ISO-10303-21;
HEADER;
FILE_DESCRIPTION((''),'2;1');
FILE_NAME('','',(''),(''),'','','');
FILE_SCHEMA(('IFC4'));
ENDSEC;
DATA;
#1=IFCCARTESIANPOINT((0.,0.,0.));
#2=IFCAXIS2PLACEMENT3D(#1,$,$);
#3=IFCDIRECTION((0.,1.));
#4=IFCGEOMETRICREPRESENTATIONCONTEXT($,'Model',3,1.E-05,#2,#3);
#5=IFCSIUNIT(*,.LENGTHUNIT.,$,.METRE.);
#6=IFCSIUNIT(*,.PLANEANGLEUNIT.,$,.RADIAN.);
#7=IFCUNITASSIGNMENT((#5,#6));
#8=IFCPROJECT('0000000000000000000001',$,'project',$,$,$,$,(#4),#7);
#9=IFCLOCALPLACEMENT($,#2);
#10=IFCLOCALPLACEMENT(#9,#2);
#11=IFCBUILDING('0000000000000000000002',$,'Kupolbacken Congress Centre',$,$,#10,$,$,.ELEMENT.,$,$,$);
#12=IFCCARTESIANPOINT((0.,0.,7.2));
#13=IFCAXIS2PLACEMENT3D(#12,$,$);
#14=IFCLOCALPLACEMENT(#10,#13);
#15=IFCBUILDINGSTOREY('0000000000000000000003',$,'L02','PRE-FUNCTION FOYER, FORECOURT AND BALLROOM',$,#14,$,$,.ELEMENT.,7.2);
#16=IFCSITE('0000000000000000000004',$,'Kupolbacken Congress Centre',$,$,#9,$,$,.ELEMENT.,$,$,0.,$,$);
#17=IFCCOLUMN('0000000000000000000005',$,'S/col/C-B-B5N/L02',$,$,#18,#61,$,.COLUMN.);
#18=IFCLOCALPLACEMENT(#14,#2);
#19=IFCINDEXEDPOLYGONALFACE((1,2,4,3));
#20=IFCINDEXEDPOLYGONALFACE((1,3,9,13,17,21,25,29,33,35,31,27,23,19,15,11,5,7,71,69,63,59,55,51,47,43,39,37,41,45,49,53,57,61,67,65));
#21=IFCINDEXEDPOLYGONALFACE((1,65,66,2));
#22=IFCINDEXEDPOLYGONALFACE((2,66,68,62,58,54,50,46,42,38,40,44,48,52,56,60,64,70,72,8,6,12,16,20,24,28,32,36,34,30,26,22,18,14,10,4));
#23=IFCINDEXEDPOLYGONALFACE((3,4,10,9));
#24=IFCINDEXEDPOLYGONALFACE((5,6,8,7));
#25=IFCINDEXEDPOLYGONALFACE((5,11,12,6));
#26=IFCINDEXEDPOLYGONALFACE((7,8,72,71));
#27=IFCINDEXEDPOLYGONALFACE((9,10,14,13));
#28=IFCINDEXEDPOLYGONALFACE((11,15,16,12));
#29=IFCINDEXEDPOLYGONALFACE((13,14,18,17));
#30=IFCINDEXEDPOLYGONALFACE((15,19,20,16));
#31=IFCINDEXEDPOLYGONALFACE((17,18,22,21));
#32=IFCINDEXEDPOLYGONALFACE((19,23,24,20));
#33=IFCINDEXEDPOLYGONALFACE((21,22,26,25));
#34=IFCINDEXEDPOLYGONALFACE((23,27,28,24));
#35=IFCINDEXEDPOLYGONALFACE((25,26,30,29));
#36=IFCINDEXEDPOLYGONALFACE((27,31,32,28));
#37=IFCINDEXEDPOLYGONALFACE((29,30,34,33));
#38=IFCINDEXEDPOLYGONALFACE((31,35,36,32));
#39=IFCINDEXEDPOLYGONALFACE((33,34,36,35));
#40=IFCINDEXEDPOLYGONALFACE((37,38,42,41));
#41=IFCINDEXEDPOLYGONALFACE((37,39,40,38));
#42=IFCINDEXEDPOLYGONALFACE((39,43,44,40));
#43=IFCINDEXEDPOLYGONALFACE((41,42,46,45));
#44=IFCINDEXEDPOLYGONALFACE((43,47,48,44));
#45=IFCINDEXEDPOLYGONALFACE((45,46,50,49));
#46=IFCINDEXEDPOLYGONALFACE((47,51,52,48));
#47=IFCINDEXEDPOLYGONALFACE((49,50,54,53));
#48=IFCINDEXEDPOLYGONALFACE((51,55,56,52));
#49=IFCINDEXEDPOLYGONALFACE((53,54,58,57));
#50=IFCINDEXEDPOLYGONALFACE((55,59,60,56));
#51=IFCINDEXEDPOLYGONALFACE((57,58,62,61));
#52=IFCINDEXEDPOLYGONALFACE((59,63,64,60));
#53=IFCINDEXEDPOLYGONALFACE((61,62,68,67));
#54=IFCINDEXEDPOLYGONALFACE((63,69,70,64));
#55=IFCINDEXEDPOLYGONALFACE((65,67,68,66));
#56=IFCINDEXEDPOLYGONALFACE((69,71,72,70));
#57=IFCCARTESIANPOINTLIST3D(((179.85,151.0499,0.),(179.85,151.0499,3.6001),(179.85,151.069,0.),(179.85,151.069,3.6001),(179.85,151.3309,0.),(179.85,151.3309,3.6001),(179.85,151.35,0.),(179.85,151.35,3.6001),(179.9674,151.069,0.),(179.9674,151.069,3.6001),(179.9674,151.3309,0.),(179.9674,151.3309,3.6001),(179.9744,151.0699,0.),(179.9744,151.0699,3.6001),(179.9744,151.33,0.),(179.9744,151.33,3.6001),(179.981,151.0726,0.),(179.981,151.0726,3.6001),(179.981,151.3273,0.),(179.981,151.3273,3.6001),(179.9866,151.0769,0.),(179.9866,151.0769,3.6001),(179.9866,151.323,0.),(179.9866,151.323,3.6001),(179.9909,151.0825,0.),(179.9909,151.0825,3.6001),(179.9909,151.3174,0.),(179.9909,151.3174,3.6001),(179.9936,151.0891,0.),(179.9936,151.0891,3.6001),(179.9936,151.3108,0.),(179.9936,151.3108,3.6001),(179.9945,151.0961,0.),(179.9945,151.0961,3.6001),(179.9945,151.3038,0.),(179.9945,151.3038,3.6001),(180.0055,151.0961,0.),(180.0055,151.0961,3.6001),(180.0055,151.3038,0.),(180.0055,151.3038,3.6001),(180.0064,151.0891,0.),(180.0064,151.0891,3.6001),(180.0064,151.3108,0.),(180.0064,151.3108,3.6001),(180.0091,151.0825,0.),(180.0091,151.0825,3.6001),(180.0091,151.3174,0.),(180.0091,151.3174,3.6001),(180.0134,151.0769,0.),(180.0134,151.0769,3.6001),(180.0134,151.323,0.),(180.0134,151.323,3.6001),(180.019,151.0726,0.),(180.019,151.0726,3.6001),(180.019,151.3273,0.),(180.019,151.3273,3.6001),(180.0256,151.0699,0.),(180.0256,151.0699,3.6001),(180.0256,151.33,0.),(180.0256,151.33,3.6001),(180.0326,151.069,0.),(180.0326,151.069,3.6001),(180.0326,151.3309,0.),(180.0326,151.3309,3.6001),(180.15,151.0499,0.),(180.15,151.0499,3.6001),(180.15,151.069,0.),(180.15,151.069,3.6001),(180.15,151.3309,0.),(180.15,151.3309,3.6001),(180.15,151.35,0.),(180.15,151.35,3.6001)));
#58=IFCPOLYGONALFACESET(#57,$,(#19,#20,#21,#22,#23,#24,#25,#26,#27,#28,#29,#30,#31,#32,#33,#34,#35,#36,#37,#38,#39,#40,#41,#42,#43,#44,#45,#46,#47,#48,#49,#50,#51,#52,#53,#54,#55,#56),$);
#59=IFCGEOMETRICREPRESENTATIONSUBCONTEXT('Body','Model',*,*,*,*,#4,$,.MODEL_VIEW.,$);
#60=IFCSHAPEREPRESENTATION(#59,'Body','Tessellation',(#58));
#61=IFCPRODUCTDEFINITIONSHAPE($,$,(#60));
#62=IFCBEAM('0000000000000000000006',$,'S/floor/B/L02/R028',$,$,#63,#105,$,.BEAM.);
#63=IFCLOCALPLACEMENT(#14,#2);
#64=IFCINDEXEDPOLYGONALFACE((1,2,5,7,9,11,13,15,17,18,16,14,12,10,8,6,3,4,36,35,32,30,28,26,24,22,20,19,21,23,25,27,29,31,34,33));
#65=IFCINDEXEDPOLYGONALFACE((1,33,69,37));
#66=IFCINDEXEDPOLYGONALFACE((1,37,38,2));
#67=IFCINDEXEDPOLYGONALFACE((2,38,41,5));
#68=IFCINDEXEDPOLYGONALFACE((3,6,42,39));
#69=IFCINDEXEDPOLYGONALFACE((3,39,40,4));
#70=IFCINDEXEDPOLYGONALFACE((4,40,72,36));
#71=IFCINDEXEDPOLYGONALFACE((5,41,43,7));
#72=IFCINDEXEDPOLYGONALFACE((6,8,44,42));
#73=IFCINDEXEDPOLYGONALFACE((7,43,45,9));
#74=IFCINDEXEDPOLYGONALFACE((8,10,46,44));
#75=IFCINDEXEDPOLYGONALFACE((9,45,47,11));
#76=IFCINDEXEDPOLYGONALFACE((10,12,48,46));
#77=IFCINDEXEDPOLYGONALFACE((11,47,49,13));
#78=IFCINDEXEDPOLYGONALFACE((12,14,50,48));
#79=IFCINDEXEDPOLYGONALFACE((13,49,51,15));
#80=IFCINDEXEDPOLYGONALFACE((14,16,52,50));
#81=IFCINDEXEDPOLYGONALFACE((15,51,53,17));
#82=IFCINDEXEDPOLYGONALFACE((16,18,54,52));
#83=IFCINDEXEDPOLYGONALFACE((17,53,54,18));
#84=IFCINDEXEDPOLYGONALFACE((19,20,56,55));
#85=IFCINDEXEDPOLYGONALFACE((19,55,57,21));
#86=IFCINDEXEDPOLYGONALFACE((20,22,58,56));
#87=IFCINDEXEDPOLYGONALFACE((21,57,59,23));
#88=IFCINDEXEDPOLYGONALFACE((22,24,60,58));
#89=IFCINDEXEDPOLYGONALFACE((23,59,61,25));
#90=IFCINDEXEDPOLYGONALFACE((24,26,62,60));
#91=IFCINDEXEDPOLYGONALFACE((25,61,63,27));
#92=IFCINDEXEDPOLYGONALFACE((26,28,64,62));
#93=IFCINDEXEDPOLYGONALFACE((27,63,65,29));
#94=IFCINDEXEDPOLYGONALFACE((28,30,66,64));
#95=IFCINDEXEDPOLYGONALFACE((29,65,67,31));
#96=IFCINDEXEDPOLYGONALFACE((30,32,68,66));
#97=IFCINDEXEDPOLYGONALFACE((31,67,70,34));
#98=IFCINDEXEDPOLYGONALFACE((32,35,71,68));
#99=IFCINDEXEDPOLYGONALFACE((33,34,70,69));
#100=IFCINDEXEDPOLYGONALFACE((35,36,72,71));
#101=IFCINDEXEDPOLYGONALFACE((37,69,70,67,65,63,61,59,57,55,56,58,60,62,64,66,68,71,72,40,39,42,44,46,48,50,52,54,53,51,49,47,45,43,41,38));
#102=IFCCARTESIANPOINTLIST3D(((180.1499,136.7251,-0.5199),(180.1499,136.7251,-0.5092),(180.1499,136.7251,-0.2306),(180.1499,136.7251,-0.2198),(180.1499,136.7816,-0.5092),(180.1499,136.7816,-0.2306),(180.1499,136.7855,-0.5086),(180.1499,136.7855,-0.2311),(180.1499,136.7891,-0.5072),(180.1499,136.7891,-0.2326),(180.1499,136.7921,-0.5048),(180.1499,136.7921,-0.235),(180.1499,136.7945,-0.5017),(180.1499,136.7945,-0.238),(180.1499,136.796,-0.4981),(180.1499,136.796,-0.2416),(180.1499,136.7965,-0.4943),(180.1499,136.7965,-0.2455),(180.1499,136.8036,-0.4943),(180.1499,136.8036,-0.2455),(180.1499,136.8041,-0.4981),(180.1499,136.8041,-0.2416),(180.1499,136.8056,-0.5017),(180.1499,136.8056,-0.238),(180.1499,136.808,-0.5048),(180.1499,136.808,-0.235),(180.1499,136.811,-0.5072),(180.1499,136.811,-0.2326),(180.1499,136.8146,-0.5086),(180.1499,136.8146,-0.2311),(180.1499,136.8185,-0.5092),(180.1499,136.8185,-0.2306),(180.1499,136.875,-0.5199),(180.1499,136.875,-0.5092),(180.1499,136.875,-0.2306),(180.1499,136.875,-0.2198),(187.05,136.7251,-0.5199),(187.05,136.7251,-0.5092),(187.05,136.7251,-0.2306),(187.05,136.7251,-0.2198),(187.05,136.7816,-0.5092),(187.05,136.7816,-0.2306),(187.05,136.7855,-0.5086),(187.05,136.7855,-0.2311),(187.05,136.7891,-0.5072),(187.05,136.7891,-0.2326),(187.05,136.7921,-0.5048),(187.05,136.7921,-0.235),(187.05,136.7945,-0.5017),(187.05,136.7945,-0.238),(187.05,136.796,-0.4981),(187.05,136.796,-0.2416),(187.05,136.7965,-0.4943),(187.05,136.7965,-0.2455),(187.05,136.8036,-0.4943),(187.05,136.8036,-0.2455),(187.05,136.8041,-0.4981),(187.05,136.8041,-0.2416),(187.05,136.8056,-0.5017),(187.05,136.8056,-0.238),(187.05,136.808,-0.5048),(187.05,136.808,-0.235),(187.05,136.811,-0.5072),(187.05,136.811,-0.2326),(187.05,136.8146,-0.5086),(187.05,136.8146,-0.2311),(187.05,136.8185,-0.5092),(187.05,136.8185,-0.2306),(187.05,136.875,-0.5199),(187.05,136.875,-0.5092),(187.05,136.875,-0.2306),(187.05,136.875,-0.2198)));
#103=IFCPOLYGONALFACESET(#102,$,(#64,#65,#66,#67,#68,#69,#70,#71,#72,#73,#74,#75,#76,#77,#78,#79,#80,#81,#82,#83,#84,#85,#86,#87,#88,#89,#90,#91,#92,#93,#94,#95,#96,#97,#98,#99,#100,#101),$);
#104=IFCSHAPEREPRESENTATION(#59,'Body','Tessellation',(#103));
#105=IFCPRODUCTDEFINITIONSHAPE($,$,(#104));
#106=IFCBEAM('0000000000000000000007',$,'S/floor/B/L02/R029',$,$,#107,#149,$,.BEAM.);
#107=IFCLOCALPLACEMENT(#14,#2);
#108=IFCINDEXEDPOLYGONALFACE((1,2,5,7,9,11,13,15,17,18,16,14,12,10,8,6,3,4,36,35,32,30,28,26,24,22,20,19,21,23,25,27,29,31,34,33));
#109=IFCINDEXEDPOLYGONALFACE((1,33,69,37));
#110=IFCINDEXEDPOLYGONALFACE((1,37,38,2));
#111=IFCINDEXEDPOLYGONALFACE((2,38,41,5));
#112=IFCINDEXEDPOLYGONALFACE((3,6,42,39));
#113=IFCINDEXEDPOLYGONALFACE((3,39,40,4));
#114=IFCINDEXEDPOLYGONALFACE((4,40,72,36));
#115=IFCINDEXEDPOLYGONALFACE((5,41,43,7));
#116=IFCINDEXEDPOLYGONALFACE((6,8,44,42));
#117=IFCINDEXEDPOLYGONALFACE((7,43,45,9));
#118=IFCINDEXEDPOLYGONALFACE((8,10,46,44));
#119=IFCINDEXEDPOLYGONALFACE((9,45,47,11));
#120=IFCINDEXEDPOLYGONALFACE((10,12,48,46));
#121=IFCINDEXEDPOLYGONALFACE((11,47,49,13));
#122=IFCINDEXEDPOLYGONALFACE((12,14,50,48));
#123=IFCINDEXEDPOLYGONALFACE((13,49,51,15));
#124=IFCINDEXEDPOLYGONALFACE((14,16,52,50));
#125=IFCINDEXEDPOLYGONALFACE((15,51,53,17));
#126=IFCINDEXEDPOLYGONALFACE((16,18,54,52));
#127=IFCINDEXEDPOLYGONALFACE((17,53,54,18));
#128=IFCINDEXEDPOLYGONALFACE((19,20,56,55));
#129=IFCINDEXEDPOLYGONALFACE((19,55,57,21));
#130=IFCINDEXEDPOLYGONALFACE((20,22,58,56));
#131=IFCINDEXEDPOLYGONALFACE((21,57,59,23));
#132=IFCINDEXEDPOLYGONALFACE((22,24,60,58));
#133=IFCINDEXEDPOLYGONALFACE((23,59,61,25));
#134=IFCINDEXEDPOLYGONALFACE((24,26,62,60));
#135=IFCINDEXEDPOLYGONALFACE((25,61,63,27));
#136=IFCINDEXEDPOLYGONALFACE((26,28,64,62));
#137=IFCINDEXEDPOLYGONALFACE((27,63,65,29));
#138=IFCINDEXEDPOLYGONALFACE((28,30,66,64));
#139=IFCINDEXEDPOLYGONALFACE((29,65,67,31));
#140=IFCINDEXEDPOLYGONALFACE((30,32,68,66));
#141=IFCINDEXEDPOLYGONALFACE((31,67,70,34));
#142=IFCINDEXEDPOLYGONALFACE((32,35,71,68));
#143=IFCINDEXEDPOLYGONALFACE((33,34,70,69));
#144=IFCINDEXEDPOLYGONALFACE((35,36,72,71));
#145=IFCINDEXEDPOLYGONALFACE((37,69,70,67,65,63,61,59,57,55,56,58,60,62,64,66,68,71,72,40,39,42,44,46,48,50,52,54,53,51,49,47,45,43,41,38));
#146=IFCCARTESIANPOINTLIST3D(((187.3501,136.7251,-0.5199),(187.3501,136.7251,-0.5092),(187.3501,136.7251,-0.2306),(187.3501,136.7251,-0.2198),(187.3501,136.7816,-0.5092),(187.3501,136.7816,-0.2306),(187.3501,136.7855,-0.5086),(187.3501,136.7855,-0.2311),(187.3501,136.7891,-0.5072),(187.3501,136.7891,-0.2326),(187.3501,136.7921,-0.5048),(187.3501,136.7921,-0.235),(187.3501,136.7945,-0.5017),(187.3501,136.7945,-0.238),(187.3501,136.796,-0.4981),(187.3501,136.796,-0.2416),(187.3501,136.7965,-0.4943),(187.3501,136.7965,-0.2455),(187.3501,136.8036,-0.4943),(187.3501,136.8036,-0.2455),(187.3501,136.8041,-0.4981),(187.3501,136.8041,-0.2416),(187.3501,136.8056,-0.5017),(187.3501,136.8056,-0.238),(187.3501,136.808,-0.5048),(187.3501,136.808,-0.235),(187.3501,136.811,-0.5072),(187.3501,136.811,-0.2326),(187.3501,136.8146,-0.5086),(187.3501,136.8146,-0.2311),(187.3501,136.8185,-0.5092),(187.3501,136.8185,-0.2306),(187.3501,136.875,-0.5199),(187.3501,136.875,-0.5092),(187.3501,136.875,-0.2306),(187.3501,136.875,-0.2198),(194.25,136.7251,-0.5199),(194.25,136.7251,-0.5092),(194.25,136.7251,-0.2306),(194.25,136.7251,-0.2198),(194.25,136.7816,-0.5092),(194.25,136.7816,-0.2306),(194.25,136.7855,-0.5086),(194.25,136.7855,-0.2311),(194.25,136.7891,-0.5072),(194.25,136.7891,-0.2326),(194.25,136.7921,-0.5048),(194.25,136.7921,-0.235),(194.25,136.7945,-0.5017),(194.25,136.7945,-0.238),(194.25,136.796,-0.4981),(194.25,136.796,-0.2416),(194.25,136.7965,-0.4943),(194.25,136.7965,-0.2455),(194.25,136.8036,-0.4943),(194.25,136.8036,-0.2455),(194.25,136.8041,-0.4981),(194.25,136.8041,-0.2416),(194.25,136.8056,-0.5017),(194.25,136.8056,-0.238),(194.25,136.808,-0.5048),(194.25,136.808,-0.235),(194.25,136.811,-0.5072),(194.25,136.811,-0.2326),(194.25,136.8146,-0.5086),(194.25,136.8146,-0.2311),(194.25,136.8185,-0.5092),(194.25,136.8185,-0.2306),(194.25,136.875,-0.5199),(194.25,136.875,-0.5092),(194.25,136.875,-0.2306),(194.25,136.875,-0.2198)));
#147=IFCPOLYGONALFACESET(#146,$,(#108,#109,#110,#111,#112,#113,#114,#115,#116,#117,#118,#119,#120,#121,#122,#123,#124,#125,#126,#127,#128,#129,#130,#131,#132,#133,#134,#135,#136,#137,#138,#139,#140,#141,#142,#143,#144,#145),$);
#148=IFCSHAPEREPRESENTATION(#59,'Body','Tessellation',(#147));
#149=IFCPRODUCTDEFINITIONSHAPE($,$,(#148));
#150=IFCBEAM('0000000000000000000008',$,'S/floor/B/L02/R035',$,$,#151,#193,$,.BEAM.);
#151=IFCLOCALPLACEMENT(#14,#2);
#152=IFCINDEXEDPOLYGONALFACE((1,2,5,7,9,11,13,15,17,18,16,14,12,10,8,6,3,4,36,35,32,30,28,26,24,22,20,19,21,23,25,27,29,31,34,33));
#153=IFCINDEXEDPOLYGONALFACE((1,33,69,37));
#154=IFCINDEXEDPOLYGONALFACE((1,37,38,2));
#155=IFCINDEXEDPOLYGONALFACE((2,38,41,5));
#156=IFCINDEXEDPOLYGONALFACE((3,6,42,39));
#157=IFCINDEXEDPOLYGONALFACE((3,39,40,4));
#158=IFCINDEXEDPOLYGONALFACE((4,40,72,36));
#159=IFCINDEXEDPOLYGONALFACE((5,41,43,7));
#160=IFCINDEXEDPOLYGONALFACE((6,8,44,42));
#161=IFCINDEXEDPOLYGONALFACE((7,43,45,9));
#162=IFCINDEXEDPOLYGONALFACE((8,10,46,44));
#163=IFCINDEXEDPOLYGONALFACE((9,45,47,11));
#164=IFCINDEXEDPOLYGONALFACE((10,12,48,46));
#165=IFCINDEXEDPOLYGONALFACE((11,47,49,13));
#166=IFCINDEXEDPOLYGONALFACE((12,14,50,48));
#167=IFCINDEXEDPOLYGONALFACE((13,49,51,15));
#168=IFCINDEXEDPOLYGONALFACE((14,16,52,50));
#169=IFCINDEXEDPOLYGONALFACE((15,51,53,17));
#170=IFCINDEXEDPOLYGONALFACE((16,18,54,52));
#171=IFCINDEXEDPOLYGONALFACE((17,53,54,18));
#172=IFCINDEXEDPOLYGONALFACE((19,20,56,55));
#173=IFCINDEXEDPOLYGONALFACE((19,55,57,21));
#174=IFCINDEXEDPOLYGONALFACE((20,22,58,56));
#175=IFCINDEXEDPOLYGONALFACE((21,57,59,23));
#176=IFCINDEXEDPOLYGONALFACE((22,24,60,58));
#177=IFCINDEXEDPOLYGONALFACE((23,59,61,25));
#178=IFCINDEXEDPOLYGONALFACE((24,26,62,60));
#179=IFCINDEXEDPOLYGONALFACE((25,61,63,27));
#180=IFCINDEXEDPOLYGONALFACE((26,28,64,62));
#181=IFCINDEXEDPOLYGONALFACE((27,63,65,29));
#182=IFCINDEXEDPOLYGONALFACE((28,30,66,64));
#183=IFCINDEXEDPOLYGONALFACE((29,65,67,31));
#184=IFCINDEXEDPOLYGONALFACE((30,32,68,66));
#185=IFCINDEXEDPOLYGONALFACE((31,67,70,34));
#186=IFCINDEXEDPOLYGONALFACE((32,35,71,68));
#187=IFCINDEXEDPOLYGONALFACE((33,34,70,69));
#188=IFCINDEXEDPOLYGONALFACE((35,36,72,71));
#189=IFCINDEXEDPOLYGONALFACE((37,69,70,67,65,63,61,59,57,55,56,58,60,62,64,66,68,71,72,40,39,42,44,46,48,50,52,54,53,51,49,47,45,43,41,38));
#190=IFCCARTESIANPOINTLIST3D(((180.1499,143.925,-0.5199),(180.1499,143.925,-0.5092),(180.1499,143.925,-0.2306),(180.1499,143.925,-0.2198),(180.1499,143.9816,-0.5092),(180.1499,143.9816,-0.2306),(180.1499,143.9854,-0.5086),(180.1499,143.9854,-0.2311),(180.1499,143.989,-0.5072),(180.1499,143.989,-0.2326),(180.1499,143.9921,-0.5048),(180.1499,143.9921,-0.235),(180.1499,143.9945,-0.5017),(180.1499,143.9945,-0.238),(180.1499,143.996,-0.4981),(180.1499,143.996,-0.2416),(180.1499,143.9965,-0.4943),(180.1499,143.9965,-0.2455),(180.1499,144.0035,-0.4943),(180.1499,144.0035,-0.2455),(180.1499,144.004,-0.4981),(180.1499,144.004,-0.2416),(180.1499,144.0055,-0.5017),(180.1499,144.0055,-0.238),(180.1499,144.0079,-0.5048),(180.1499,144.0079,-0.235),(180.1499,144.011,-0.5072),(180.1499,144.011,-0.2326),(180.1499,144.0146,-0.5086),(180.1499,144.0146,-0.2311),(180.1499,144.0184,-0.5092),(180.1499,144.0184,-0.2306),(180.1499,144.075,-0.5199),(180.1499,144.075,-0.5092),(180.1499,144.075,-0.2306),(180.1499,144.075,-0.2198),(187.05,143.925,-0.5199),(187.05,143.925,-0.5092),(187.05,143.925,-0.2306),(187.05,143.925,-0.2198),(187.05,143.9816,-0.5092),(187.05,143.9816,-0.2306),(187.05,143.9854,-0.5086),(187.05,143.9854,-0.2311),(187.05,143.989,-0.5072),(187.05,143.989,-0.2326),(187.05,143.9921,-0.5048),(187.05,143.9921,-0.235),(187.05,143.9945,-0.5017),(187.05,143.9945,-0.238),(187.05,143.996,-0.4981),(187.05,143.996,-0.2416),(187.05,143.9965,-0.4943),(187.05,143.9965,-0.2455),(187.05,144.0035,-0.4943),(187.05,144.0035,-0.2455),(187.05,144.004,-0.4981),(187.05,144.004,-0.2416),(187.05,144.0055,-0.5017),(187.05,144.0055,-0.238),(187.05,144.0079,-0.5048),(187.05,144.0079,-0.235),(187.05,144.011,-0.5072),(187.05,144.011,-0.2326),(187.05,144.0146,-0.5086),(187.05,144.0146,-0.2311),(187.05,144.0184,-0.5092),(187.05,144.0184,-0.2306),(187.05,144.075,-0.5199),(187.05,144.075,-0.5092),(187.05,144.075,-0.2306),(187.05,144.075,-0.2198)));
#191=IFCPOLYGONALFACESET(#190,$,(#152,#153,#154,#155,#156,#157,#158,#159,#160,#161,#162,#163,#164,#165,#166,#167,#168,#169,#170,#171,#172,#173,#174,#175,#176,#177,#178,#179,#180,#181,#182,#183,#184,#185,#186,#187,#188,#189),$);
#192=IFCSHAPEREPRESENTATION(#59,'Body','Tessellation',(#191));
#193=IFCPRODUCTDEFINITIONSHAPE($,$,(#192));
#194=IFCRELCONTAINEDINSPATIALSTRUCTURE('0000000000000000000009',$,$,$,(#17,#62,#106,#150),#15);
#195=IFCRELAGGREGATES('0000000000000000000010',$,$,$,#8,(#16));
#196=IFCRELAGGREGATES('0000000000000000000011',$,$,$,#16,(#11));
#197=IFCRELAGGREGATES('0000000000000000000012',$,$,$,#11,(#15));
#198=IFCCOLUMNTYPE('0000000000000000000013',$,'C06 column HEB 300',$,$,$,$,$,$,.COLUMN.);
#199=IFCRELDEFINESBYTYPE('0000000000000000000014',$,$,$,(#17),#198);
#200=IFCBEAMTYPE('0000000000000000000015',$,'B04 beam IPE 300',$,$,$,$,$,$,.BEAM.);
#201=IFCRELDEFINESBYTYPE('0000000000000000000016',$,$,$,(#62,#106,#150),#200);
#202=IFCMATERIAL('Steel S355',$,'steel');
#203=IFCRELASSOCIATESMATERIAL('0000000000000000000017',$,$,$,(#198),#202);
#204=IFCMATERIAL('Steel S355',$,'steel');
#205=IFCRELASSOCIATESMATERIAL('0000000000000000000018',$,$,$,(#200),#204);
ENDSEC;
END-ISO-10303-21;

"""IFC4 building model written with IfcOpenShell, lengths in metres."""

from ifc_helpers import new_model, si_unit, direction, frame, origin, origin_2d, place, context, subcontext, project, spatial, i_section, extrude, material, material_profile, profile_set, type_object, element, save


model = new_model("IFC4")

# Units and contexts
model_context = context("Model", 3, precision=1e-05, world=origin(), true_north=direction((0.0, 1.0)))
body_context = subcontext(model_context, "Body", "Model", "MODEL_VIEW")
ifc_project = project(units=[si_unit("LENGTHUNIT", "METRE"), si_unit("PLANEANGLEUNIT", "RADIAN")], contexts=[model_context])

# Site, building, storey
site_placement = place(None, origin())
site = spatial("IfcSite", under=ifc_project, at=site_placement, Name="Kupolbacken Congress Centre", CompositionType="ELEMENT", RefElevation=0.0)
building_placement = place(site_placement, origin())
building = spatial("IfcBuilding", under=site, at=building_placement, Name="Kupolbacken Congress Centre", CompositionType="ELEMENT")
storey_placement = place(building_placement, frame((0.0, 0.0, 7.2)))
storey = spatial("IfcBuildingStorey", under=building, at=storey_placement, Name="L02", Description="PRE-FUNCTION FOYER, FORECOURT AND BALLROOM", CompositionType="ELEMENT", Elevation=7.2)

# Column
ifc_material_1 = material(Name="Steel S355", Category="steel")
ifc_material_profile_1 = material_profile(ifc_material_1, i_section(OverallWidth=0.3, OverallDepth=0.3, WebThickness=0.011, FlangeThickness=0.019, FilletRadius=0.0271, at=origin_2d()), Name="HEB 300")
ifc_profile_set_1 = profile_set([ifc_material_profile_1], Name="Steel S355")
column_type = type_object("IfcColumnType", Name="C06 column HEB 300", PredefinedType="COLUMN", material=ifc_profile_set_1)
column_placement = place(storey_placement, frame((180.0, 151.2, 0.0), z_axis=(0.0, 0.0, 1.0), x_axis=(1.0, 0.0, 0.0)))
element("IfcColumn", 1, at=column_placement, inside=storey, type_object=column_type, Name="S/col/C-B-B5N/L02", PredefinedType="COLUMN", context=body_context, shape_type="SweptSolid", body=[
    extrude(i_section(OverallWidth=0.3, OverallDepth=0.3, WebThickness=0.011, FlangeThickness=0.019, FilletRadius=0.0271, at=origin_2d()), origin(), (0.0, 0.0, 1.0), 3.6001),
])

# Beams
ifc_material_2 = material(Name="Steel S355", Category="steel")
ifc_material_profile_2 = material_profile(ifc_material_2, i_section(OverallWidth=0.1499, OverallDepth=0.3, WebThickness=0.0071, FlangeThickness=0.0107, FilletRadius=0.0149, at=origin_2d()), Name="IPE 300")
ifc_profile_set_2 = profile_set([ifc_material_profile_2], Name="Steel S355")
beam_type = type_object("IfcBeamType", Name="B04 beam IPE 300", PredefinedType="BEAM", material=ifc_profile_set_2)
beam_1_placement = place(storey_placement, frame((180.1499, 136.8, -0.3699), z_axis=(1.0, 0.0, 0.0), x_axis=(0.0, 1.0, 0.0)))
element("IfcBeam", 2, at=beam_1_placement, inside=storey, type_object=beam_type, Name="S/floor/B/L02/R028", PredefinedType="BEAM", context=body_context, shape_type="SweptSolid", body=[
    extrude(i_section(OverallWidth=0.1499, OverallDepth=0.3, WebThickness=0.0071, FlangeThickness=0.0107, FilletRadius=0.0149, at=origin_2d()), origin(), (0.0, 0.0, 1.0), 6.9001),
])
beam_2_placement = place(storey_placement, frame((187.3501, 136.8, -0.3699), z_axis=(1.0, 0.0, 0.0), x_axis=(0.0, 1.0, 0.0)))
element("IfcBeam", 3, at=beam_2_placement, inside=storey, type_object=beam_type, Name="S/floor/B/L02/R029", PredefinedType="BEAM", context=body_context, shape_type="SweptSolid", body=[
    extrude(i_section(OverallWidth=0.1499, OverallDepth=0.3, WebThickness=0.0071, FlangeThickness=0.0107, FilletRadius=0.0149, at=origin_2d()), origin(), (0.0, 0.0, 1.0), 6.8999),
])
beam_3_placement = place(storey_placement, frame((180.1499, 144.0, -0.3699), z_axis=(1.0, 0.0, 0.0), x_axis=(0.0, 1.0, 0.0)))
element("IfcBeam", 4, at=beam_3_placement, inside=storey, type_object=beam_type, Name="S/floor/B/L02/R035", PredefinedType="BEAM", context=body_context, shape_type="SweptSolid", body=[
    extrude(i_section(OverallWidth=0.1499, OverallDepth=0.3, WebThickness=0.0071, FlangeThickness=0.0107, FilletRadius=0.0149, at=origin_2d()), origin(), (0.0, 0.0, 1.0), 6.9001),
])

save(model, "model.ifc")
